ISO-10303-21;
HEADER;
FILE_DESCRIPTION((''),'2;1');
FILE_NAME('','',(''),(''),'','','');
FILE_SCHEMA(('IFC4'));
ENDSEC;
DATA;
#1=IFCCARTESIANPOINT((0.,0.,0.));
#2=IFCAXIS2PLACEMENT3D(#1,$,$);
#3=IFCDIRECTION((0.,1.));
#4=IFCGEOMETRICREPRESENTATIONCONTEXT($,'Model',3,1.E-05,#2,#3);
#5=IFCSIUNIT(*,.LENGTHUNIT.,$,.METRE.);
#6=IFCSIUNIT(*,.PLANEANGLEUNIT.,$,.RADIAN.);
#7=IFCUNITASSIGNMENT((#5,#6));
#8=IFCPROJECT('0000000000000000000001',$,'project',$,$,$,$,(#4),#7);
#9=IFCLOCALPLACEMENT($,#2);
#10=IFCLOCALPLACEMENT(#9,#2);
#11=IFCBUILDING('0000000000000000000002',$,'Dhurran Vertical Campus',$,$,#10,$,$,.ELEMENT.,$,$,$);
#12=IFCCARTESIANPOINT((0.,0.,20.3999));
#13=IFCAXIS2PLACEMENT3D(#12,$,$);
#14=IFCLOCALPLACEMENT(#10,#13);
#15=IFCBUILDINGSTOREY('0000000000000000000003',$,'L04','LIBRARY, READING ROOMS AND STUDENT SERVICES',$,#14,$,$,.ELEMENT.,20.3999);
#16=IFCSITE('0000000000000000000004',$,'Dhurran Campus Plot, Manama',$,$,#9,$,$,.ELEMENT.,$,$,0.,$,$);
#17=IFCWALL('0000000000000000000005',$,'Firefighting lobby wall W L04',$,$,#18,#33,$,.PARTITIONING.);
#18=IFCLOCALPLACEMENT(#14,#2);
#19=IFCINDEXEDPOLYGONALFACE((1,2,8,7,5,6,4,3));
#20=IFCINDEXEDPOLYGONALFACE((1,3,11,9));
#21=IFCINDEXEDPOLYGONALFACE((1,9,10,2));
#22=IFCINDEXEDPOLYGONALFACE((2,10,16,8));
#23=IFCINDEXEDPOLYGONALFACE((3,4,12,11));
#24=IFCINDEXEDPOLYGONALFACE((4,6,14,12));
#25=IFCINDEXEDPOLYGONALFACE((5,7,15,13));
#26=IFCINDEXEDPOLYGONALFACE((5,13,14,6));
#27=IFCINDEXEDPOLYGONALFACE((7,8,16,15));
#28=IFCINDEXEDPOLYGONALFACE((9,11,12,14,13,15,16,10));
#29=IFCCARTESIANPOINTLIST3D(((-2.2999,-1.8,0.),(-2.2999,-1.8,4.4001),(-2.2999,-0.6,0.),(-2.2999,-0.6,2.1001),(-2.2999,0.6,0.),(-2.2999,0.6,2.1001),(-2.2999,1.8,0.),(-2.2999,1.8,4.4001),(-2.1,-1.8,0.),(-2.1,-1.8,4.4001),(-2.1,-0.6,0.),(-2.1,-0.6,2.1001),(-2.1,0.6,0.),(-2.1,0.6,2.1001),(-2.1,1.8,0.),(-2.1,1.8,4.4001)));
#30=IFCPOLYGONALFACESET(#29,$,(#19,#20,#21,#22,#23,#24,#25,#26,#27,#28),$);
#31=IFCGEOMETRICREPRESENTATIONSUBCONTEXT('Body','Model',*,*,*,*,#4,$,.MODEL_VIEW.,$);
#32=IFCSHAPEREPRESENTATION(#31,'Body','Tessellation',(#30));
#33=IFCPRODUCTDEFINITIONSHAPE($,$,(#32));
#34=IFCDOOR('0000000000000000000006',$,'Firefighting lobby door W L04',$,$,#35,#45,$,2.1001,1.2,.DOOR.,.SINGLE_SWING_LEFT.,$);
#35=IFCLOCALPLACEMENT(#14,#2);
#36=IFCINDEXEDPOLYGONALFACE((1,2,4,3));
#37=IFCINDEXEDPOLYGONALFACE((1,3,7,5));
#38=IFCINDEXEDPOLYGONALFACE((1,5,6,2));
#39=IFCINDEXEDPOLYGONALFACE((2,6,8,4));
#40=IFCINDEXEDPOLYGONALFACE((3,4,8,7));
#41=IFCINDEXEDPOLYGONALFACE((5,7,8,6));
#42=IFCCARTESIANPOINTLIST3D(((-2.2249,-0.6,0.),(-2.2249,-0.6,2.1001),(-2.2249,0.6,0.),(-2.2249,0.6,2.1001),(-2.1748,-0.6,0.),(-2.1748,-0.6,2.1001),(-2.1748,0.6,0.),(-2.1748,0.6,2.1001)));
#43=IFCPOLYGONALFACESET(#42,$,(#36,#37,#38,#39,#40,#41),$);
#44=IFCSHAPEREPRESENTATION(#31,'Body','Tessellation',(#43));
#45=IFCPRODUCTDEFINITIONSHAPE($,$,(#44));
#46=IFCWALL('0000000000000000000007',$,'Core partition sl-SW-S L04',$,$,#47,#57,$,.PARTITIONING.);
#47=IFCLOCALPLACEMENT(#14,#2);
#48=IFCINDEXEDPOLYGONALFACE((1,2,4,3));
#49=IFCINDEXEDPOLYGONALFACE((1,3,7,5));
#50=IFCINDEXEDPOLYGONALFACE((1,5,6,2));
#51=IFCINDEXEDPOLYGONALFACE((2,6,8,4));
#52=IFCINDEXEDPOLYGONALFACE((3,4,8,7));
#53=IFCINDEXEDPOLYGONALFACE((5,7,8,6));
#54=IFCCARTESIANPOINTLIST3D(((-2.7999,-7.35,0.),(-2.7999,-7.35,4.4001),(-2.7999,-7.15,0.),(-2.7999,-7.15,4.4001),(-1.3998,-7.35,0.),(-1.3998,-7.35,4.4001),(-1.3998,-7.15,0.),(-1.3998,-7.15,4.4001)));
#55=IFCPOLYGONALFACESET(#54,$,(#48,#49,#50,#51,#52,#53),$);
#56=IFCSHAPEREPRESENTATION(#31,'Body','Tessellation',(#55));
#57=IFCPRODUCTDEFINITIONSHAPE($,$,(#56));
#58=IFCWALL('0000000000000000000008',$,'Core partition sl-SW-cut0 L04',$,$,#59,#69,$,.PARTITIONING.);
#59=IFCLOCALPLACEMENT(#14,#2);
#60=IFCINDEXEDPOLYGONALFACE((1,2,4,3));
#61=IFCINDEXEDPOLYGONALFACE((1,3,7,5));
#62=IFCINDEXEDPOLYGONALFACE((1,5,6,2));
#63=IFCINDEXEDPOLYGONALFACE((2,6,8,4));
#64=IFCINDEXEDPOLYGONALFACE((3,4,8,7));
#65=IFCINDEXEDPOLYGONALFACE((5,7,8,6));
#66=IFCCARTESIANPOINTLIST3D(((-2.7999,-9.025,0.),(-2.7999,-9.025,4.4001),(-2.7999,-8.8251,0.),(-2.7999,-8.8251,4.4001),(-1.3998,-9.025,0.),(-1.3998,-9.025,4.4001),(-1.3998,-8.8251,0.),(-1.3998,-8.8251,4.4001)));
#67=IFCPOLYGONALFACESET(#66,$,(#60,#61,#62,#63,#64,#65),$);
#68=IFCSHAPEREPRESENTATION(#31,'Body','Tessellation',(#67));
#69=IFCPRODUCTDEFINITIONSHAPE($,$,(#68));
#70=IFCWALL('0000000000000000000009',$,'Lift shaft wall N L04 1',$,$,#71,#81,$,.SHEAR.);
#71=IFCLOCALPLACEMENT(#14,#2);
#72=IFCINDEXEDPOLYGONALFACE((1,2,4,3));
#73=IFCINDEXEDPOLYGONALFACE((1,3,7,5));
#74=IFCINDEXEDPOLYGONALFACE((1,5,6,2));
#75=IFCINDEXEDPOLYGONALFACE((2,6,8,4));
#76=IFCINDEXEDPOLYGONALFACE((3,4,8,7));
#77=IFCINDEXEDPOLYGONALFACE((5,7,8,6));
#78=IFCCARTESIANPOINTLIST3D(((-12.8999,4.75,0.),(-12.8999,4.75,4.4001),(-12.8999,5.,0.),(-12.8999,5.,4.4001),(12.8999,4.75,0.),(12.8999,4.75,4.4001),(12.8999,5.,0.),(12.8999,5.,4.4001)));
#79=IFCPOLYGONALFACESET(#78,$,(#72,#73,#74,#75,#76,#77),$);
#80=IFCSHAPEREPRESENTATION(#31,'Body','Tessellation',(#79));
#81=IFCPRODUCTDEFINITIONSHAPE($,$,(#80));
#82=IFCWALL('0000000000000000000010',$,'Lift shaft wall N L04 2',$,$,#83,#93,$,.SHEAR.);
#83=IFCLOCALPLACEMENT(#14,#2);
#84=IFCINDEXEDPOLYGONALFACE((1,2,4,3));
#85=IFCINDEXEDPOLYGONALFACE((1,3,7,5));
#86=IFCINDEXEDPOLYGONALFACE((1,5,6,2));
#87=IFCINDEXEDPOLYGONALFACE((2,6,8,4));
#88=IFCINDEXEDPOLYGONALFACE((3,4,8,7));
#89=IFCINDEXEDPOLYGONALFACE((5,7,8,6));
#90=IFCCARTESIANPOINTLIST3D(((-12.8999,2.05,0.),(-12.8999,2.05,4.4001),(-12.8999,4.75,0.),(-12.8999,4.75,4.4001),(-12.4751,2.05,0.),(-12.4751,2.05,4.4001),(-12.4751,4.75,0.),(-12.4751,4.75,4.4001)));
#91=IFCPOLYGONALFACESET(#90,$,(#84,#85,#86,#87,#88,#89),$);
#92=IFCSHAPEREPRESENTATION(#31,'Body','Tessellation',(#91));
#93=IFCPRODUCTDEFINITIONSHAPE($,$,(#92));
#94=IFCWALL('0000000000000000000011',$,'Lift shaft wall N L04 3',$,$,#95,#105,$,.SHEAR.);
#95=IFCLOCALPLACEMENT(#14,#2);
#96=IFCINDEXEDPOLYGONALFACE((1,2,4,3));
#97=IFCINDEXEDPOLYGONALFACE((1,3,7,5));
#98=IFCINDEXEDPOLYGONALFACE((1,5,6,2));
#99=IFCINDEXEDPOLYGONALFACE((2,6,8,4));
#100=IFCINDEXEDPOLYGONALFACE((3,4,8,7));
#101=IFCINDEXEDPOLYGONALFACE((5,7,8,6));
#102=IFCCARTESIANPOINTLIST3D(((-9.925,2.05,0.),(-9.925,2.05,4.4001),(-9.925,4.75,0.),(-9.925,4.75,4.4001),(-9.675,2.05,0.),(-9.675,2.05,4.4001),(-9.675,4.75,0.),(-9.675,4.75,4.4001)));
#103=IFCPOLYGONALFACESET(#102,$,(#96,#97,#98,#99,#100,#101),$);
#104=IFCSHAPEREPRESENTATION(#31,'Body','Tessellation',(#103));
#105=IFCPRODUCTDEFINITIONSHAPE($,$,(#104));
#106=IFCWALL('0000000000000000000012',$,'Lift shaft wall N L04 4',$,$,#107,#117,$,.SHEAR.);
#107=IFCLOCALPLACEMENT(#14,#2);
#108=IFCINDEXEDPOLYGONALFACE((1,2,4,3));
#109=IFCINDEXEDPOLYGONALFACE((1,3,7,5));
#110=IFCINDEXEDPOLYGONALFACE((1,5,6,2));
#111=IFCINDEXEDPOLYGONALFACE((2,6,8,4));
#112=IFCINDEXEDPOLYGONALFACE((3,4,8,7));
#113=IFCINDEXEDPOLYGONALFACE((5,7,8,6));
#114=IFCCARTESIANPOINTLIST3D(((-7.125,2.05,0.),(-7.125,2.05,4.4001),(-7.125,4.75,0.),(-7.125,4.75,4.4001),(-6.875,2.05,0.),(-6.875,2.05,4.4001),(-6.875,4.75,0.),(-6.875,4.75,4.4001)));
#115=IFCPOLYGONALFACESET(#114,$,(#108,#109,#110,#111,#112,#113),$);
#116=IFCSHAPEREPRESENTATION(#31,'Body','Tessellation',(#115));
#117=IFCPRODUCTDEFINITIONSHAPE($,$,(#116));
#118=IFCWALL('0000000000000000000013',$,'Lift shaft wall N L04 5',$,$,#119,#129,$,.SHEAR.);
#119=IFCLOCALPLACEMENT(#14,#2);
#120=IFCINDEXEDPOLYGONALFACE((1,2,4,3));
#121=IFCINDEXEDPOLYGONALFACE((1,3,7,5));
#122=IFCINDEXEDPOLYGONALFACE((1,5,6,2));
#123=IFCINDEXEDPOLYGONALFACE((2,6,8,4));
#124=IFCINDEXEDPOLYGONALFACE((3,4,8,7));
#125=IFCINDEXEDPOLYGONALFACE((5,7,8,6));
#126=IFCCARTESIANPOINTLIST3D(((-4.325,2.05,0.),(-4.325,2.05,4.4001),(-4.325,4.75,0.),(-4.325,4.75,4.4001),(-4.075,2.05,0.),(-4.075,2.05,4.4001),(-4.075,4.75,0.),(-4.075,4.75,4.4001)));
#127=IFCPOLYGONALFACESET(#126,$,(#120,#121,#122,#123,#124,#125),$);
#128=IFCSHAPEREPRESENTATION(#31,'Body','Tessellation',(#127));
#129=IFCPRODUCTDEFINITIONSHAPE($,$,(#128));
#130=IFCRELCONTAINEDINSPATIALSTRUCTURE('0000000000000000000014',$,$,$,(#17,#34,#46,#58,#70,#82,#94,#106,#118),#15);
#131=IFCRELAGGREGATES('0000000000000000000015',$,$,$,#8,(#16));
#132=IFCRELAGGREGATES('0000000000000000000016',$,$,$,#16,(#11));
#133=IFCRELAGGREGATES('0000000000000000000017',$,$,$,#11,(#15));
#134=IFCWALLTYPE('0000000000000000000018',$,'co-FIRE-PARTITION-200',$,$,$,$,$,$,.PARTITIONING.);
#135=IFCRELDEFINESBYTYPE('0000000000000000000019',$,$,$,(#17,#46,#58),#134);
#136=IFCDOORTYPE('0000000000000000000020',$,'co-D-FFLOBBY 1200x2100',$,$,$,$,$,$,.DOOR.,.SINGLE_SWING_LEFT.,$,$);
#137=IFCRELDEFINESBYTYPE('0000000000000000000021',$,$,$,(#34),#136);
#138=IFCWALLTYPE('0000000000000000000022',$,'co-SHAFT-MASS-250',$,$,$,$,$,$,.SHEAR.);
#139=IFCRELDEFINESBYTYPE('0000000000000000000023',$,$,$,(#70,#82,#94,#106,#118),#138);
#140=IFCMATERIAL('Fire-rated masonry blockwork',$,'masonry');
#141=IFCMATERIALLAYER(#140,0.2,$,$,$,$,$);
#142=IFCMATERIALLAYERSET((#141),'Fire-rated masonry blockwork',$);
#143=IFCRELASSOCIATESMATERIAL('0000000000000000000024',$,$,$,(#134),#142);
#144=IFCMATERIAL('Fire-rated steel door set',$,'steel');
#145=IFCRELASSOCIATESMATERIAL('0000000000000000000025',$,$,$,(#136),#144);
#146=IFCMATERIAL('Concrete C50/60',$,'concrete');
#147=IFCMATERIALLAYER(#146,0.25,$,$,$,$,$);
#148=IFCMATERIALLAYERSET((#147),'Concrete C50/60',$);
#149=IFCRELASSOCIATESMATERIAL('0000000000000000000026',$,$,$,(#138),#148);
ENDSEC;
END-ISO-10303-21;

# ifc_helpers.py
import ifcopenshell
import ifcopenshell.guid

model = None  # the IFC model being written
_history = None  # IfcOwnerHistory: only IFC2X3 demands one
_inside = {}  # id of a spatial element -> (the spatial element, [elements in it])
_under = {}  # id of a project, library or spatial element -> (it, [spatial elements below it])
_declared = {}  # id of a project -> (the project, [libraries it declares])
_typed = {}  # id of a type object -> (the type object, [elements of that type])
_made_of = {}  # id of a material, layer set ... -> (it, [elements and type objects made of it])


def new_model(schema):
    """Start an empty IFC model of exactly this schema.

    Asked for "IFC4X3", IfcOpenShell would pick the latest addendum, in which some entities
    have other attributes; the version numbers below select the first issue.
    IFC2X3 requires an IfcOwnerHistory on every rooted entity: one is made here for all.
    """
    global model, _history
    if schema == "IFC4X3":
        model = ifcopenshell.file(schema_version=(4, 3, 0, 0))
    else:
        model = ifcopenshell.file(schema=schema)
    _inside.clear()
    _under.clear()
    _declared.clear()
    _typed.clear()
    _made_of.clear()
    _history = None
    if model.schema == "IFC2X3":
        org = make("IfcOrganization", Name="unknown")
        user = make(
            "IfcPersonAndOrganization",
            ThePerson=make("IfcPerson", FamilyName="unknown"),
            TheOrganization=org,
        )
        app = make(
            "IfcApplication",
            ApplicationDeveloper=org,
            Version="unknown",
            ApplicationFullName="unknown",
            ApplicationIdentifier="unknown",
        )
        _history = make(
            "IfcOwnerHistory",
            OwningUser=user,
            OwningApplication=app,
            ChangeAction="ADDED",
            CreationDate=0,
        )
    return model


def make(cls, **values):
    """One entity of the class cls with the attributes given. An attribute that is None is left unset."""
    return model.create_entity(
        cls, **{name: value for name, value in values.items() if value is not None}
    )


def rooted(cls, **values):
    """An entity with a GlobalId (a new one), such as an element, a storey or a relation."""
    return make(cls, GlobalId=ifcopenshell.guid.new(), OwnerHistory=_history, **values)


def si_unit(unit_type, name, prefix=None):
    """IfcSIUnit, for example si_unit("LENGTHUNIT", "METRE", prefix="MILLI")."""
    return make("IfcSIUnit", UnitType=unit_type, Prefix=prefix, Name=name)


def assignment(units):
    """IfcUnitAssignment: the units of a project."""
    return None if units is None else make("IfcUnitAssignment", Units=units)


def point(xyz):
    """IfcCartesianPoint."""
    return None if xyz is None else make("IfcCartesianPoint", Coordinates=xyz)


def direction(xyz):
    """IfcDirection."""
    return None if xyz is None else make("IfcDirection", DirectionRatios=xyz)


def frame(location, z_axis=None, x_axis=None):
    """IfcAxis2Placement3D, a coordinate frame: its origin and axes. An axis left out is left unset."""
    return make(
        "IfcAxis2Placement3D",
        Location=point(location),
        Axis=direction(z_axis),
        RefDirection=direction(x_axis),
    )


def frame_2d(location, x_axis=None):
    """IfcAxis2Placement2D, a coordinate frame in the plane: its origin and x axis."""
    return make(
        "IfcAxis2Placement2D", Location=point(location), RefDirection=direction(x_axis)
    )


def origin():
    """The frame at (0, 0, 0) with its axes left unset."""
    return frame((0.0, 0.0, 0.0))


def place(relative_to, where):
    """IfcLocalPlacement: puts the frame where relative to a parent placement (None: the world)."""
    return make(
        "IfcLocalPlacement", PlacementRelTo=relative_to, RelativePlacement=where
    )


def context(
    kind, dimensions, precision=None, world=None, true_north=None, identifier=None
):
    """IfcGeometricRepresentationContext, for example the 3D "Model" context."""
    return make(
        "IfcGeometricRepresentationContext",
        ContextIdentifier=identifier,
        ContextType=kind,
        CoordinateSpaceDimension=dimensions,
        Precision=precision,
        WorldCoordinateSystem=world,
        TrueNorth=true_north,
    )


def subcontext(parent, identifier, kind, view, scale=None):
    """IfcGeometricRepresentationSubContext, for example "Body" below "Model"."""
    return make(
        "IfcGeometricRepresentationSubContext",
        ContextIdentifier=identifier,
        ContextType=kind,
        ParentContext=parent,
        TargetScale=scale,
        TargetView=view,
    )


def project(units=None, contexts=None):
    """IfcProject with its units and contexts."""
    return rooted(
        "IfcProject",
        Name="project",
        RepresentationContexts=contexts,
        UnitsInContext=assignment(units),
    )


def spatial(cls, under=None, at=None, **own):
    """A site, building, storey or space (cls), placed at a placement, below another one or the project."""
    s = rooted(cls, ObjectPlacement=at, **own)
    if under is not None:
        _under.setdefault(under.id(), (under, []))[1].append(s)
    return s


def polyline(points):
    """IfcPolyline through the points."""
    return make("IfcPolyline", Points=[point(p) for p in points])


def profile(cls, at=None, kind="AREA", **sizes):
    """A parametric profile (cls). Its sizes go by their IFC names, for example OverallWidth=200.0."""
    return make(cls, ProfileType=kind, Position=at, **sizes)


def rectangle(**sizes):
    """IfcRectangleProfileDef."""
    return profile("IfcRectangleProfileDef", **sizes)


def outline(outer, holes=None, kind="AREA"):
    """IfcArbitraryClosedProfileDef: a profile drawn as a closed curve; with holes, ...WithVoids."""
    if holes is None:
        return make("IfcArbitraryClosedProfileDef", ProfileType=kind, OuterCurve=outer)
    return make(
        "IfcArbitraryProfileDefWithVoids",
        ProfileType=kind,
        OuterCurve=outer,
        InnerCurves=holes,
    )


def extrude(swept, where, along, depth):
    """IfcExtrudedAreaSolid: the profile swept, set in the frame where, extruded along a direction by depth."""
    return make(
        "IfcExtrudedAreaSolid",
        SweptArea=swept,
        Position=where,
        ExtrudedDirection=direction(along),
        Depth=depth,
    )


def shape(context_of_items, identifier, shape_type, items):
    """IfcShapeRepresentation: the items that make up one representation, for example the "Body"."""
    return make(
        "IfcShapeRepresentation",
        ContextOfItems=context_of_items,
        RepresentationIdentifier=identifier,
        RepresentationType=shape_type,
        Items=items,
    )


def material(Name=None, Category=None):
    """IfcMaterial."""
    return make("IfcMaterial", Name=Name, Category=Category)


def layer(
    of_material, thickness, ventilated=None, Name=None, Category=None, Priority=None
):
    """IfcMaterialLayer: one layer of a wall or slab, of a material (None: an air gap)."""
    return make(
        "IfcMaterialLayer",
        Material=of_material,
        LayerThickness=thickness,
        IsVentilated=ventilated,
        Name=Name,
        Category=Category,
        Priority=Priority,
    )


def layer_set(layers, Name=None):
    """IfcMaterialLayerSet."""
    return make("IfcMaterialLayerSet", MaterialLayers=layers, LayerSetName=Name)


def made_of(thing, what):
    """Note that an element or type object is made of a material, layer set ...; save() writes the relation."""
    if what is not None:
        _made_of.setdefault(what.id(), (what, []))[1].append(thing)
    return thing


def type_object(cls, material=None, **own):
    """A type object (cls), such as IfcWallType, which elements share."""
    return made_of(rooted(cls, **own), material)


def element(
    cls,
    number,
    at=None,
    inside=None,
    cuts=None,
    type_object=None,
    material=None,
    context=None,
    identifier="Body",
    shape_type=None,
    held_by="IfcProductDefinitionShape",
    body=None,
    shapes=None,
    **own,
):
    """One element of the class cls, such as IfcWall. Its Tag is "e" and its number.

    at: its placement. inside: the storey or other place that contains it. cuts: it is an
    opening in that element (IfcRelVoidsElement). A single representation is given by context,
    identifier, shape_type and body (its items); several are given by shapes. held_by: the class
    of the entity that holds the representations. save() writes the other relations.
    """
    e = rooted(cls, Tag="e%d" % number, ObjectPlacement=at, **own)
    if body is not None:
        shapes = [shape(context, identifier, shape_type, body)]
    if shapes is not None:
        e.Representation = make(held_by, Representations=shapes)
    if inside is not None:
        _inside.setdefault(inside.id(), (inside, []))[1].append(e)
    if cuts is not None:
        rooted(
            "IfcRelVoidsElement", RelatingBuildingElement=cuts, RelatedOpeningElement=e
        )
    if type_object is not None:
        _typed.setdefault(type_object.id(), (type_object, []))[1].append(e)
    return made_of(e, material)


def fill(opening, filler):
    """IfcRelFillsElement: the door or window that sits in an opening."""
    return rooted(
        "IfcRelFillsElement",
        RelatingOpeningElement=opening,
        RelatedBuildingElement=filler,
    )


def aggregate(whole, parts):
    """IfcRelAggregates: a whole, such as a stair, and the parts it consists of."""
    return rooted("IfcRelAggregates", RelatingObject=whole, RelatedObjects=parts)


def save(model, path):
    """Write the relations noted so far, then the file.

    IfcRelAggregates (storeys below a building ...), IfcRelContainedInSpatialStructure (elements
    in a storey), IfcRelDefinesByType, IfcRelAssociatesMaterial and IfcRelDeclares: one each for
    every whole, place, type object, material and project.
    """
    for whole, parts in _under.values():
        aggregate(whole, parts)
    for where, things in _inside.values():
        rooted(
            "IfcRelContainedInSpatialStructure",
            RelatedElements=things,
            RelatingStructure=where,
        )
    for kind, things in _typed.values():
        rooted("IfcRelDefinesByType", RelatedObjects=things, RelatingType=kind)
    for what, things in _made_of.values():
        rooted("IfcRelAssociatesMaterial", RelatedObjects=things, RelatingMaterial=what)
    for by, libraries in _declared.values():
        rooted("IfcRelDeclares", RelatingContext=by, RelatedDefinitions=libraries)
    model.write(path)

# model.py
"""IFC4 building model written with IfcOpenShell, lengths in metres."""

from ifc_helpers import new_model, si_unit, direction, frame, frame_2d, origin, place, context, subcontext, project, spatial, polyline, rectangle, outline, extrude, material, layer, layer_set, type_object, element, fill, save


model = new_model("IFC4")

# Units and contexts
model_context = context("Model", 3, precision=1e-05, world=origin(), true_north=direction((0.0, 1.0)))
body_context = subcontext(model_context, "Body", "Model", "MODEL_VIEW")
ifc_project = project(units=[si_unit("LENGTHUNIT", "METRE"), si_unit("PLANEANGLEUNIT", "RADIAN")], contexts=[model_context])

# Site, building, storey
site_placement = place(None, origin())
site = spatial("IfcSite", under=ifc_project, at=site_placement, Name="Dhurran Campus Plot, Manama", CompositionType="ELEMENT", RefElevation=0.0)
building_placement = place(site_placement, origin())
building = spatial("IfcBuilding", under=site, at=building_placement, Name="Dhurran Vertical Campus", CompositionType="ELEMENT")
storey_placement = place(building_placement, frame((0.0, 0.0, 20.3999)))
storey = spatial("IfcBuildingStorey", under=building, at=storey_placement, Name="L04", Description="LIBRARY, READING ROOMS AND STUDENT SERVICES", CompositionType="ELEMENT", Elevation=20.3999)

# Wall, opening, door
ifc_material_1 = material(Name="Fire-rated masonry blockwork", Category="masonry")
ifc_layer_1 = layer(ifc_material_1, 0.2)
ifc_layer_set_1 = layer_set([ifc_layer_1], Name="Fire-rated masonry blockwork")
wall_type_1 = type_object("IfcWallType", Name="co-FIRE-PARTITION-200", PredefinedType="PARTITIONING", material=ifc_layer_set_1)
wall_1_placement = place(storey_placement, frame((-2.2, -1.8, 0.0), z_axis=(0.0, 0.0, 1.0), x_axis=(0.0, 1.0, 0.0)))
wall_1 = element("IfcWall", 1, at=wall_1_placement, inside=storey, type_object=wall_type_1, Name="Firefighting lobby wall W L04", PredefinedType="PARTITIONING", context=body_context, shape_type="SweptSolid", body=[
    extrude(rectangle(XDim=3.6001, YDim=0.2, at=frame_2d((1.8, 0.0))), origin(), (0.0, 0.0, 1.0), 4.4001),
])
opening_1_placement = place(wall_1_placement, frame((1.2, 0.0, 0.0)))
opening_1 = element("IfcOpeningElement", 2, at=opening_1_placement, cuts=wall_1, PredefinedType="OPENING", context=body_context, shape_type="SweptSolid", body=[
    extrude(rectangle(XDim=1.2, YDim=2.1001, at=frame_2d((0.6001, 1.05))), frame((0.0, 0.1099, 0.0), z_axis=(0.0, -1.0, 0.0), x_axis=(1.0, 0.0, 0.0)), (0.0, 0.0, 1.0), 0.22),
])
ifc_material_2 = material(Name="Fire-rated steel door set", Category="steel")
door_type = type_object("IfcDoorType", Name="co-D-FFLOBBY 1200x2100", OperationType="SINGLE_SWING_LEFT", PredefinedType="DOOR", material=ifc_material_2)
door_placement = place(opening_1_placement, origin())
door = element("IfcDoor", 3, at=door_placement, inside=storey, type_object=door_type, Name="Firefighting lobby door W L04", OperationType="SINGLE_SWING_LEFT", OverallHeight=2.1001, OverallWidth=1.2, PredefinedType="DOOR", context=body_context, shape_type="SweptSolid", body=[
    extrude(rectangle(XDim=1.2, YDim=2.1001, at=frame_2d((0.6001, 1.05))), frame((0.0, 0.0249, 0.0), z_axis=(0.0, -1.0, 0.0), x_axis=(1.0, 0.0, 0.0)), (0.0, 0.0, 1.0), 0.05),
])
fill(opening_1, door)

# Walls
for number, where, z_axis, x_axis, name in (
    (4, (-2.8, -7.25, 0.0), (0.0, 0.0, 1.0), (1.0, 0.0, 0.0), "Core partition sl-SW-S L04"),
    (5, (-2.8, -8.925, 0.0), (0.0, 0.0, 1.0), (1.0, 0.0, 0.0), "Core partition sl-SW-cut0 L04"),
):
    element("IfcWall", number, at=place(storey_placement, frame(where, z_axis=z_axis, x_axis=x_axis)), inside=storey, type_object=wall_type_1, Name=name, PredefinedType="PARTITIONING", context=body_context, shape_type="SweptSolid", body=[
        extrude(rectangle(XDim=1.4001, YDim=0.2, at=frame_2d((0.7002, 0.0))), origin(), (0.0, 0.0, 1.0), 4.4001),
    ])
ifc_material_3 = material(Name="Concrete C50/60", Category="concrete")
ifc_layer_2 = layer(ifc_material_3, 0.25)
ifc_layer_set_2 = layer_set([ifc_layer_2], Name="Concrete C50/60")
wall_type_2 = type_object("IfcWallType", Name="co-SHAFT-MASS-250", PredefinedType="SHEAR", material=ifc_layer_set_2)
wall_2_placement = place(storey_placement, origin())
element("IfcWall", 6, at=wall_2_placement, inside=storey, type_object=wall_type_2, Name="Lift shaft wall N L04 1", PredefinedType="SHEAR", context=body_context, shape_type="SweptSolid", body=[
    extrude(outline(polyline([(-12.8999, 4.75), (12.8999, 4.75), (12.8999, 5.0), (-12.8999, 5.0), (-12.8999, 4.75)])), origin(), (0.0, 0.0, 1.0), 4.4001),
])
wall_3_placement = place(storey_placement, origin())
element("IfcWall", 7, at=wall_3_placement, inside=storey, type_object=wall_type_2, Name="Lift shaft wall N L04 2", PredefinedType="SHEAR", context=body_context, shape_type="SweptSolid", body=[
    extrude(outline(polyline([(-12.8999, 2.05), (-12.4751, 2.05), (-12.4751, 4.75), (-12.8999, 4.75), (-12.8999, 2.05)])), origin(), (0.0, 0.0, 1.0), 4.4001),
])
wall_4_placement = place(storey_placement, origin())
element("IfcWall", 8, at=wall_4_placement, inside=storey, type_object=wall_type_2, Name="Lift shaft wall N L04 3", PredefinedType="SHEAR", context=body_context, shape_type="SweptSolid", body=[
    extrude(outline(polyline([(-9.925, 2.05), (-9.675, 2.05), (-9.675, 4.75), (-9.925, 4.75), (-9.925, 2.05)])), origin(), (0.0, 0.0, 1.0), 4.4001),
])
wall_5_placement = place(storey_placement, origin())
element("IfcWall", 9, at=wall_5_placement, inside=storey, type_object=wall_type_2, Name="Lift shaft wall N L04 4", PredefinedType="SHEAR", context=body_context, shape_type="SweptSolid", body=[
    extrude(outline(polyline([(-7.125, 2.05), (-6.875, 2.05), (-6.875, 4.75), (-7.125, 4.75), (-7.125, 2.05)])), origin(), (0.0, 0.0, 1.0), 4.4001),
])
wall_6_placement = place(storey_placement, origin())
element("IfcWall", 10, at=wall_6_placement, inside=storey, type_object=wall_type_2, Name="Lift shaft wall N L04 5", PredefinedType="SHEAR", context=body_context, shape_type="SweptSolid", body=[
    extrude(outline(polyline([(-4.325, 2.05), (-4.075, 2.05), (-4.075, 4.75), (-4.325, 4.75), (-4.325, 2.05)])), origin(), (0.0, 0.0, 1.0), 4.4001),
])

save(model, "model.ifc")
